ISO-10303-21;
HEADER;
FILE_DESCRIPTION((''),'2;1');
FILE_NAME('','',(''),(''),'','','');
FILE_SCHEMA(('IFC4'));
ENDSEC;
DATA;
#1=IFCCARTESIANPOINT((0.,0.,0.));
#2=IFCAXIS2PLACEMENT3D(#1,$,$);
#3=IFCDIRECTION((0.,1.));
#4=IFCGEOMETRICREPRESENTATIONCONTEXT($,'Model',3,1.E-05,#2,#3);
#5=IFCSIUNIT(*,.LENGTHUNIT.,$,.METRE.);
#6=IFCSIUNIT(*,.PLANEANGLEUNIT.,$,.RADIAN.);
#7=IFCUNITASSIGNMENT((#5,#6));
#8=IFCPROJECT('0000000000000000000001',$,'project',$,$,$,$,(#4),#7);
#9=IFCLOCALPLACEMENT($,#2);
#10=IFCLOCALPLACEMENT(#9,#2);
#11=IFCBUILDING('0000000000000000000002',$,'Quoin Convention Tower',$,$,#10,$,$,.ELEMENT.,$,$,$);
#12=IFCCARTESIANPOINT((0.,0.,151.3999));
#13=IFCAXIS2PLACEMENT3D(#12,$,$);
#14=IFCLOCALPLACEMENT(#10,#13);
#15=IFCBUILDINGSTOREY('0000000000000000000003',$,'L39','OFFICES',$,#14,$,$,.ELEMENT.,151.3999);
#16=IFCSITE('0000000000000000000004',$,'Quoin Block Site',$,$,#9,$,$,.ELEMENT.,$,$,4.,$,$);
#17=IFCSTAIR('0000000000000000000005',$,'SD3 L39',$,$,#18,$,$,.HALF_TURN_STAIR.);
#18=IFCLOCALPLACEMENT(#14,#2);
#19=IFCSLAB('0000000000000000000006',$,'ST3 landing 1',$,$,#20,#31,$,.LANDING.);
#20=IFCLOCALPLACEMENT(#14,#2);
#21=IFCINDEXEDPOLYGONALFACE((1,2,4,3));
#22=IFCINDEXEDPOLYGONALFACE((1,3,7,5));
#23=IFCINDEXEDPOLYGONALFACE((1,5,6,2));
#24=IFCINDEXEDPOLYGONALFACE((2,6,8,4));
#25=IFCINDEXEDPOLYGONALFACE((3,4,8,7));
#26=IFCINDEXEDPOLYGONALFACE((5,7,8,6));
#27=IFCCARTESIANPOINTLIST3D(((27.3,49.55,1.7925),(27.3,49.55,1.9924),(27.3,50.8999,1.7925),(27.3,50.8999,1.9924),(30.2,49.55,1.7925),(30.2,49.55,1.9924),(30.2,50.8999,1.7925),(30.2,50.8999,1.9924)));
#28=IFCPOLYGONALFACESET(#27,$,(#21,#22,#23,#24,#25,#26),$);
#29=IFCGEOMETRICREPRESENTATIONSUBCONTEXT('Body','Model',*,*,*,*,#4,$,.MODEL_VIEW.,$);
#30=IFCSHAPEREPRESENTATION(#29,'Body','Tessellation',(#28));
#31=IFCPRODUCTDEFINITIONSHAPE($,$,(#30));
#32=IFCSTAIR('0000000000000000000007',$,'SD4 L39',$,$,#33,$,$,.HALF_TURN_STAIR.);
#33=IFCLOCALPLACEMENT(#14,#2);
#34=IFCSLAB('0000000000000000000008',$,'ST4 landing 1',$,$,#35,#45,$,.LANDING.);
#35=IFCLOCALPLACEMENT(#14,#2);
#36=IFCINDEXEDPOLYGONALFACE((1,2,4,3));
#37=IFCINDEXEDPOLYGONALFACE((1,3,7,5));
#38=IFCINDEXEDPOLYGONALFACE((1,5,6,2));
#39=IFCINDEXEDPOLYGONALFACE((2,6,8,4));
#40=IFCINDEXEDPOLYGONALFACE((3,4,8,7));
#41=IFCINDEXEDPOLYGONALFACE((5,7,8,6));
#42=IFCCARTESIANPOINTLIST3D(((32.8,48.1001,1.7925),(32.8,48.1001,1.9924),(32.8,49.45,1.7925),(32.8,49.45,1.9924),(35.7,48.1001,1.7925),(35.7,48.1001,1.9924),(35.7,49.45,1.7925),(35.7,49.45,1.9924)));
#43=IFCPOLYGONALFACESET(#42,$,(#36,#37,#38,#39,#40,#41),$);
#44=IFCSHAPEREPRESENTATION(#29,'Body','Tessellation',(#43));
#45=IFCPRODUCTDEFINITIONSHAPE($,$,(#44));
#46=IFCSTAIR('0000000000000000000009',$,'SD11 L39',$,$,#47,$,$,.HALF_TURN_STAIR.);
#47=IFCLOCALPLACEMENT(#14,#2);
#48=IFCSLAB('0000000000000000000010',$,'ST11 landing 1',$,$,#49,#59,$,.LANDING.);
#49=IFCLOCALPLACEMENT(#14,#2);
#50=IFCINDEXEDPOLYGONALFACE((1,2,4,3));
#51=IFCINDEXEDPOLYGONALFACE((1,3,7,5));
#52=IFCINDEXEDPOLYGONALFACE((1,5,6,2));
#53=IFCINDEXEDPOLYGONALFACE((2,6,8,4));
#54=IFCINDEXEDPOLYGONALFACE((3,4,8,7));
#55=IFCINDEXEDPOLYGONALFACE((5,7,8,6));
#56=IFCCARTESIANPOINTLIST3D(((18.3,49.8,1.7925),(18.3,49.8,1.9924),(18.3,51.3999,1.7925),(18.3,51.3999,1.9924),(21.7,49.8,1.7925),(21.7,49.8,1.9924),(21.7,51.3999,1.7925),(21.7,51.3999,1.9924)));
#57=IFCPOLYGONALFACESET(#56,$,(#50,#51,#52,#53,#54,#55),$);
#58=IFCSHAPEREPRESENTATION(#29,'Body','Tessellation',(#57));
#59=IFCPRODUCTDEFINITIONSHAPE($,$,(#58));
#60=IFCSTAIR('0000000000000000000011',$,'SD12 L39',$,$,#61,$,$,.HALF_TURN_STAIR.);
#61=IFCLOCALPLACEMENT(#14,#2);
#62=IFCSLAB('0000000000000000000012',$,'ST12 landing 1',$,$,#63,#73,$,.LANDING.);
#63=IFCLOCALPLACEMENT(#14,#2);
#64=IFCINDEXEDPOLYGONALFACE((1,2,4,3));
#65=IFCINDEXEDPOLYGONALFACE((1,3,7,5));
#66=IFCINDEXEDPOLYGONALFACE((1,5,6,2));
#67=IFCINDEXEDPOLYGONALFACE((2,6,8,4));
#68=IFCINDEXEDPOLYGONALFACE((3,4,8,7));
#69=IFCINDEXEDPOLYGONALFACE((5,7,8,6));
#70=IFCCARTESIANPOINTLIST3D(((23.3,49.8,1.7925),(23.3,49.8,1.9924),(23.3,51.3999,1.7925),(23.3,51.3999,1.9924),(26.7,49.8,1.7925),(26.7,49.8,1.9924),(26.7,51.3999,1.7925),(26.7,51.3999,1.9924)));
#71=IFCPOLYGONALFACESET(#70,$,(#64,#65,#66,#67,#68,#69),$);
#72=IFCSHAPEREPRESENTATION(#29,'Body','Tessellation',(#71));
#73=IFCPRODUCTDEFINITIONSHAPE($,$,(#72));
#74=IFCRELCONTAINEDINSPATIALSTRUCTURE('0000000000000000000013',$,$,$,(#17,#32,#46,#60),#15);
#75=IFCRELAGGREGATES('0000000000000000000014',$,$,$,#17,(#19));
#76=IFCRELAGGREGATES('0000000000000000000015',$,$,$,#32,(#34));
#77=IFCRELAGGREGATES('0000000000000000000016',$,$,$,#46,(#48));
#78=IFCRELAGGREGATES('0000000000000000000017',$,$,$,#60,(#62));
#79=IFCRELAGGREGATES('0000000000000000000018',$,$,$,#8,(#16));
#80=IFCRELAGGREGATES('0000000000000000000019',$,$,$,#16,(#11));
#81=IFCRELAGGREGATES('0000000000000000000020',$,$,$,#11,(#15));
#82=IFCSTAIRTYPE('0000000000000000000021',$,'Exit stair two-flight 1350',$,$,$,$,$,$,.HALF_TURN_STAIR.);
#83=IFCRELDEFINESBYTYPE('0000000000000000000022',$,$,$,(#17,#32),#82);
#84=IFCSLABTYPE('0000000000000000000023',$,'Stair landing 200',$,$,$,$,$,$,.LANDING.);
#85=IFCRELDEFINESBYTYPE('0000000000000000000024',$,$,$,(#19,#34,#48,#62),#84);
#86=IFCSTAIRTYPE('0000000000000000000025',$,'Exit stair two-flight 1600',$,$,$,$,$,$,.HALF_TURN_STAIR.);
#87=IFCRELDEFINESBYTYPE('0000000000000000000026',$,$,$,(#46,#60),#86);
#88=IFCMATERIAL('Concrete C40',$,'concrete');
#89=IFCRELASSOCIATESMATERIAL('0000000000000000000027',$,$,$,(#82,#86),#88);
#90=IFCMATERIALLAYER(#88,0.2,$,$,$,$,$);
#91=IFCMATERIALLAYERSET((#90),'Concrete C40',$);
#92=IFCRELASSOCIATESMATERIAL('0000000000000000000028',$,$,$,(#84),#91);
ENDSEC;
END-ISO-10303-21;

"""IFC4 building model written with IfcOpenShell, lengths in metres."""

from ifc_helpers import new_model, si_unit, direction, frame, origin, place, context, subcontext, project, spatial, polyline, outline, extrude, material, layer, layer_set, type_object, element, aggregate, save


model = new_model("IFC4")

# Units and contexts
model_context = context("Model", 3, precision=1e-05, world=origin(), true_north=direction((0.0, 1.0)))
body_context = subcontext(model_context, "Body", "Model", "MODEL_VIEW")
ifc_project = project(units=[si_unit("LENGTHUNIT", "METRE"), si_unit("PLANEANGLEUNIT", "RADIAN")], contexts=[model_context])

# Site, building, storey
site_placement = place(None, origin())
site = spatial("IfcSite", under=ifc_project, at=site_placement, Name="Quoin Block Site", CompositionType="ELEMENT", RefElevation=4.0)
building_placement = place(site_placement, origin())
building = spatial("IfcBuilding", under=site, at=building_placement, Name="Quoin Convention Tower", CompositionType="ELEMENT")
storey_placement = place(building_placement, frame((0.0, 0.0, 151.3999)))
storey = spatial("IfcBuildingStorey", under=building, at=storey_placement, Name="L39", Description="OFFICES", CompositionType="ELEMENT", Elevation=151.3999)

# Shared definitions
ifc_material_1 = material(Name="Concrete C40", Category="concrete")

# Stairs, slabs
stair_type_1 = type_object("IfcStairType", Name="Exit stair two-flight 1350", PredefinedType="HALF_TURN_STAIR", material=ifc_material_1)
ifc_layer_1 = layer(ifc_material_1, 0.2)
ifc_layer_set_1 = layer_set([ifc_layer_1], Name="Concrete C40")
slab_type_1 = type_object("IfcSlabType", Name="Stair landing 200", PredefinedType="LANDING", material=ifc_layer_set_1)
stair_1_placement = place(storey_placement, origin())
stair_1 = element("IfcStair", 1, at=stair_1_placement, inside=storey, type_object=stair_type_1, Name="SD3 L39", PredefinedType="HALF_TURN_STAIR")
slab_1_placement = place(storey_placement, frame((0.0, 0.0, 1.7925)))
slab_1 = element("IfcSlab", 2, at=slab_1_placement, type_object=slab_type_1, Name="ST3 landing 1", PredefinedType="LANDING", context=body_context, shape_type="SweptSolid", body=[
    extrude(outline(polyline([(27.3, 49.55), (30.2, 49.55), (30.2, 50.8999), (27.3, 50.8999), (27.3, 49.55)])), origin(), (0.0, 0.0, 1.0), 0.2),
])
aggregate(stair_1, [slab_1])
stair_2_placement = place(storey_placement, origin())
stair_2 = element("IfcStair", 3, at=stair_2_placement, inside=storey, type_object=stair_type_1, Name="SD4 L39", PredefinedType="HALF_TURN_STAIR")
slab_2_placement = place(storey_placement, frame((0.0, 0.0, 1.7925)))
slab_2 = element("IfcSlab", 4, at=slab_2_placement, type_object=slab_type_1, Name="ST4 landing 1", PredefinedType="LANDING", context=body_context, shape_type="SweptSolid", body=[
    extrude(outline(polyline([(35.7, 49.45), (32.8, 49.45), (32.8, 48.1001), (35.7, 48.1001), (35.7, 49.45)])), origin(), (0.0, 0.0, 1.0), 0.2),
])
aggregate(stair_2, [slab_2])
stair_type_2 = type_object("IfcStairType", Name="Exit stair two-flight 1600", PredefinedType="HALF_TURN_STAIR", material=ifc_material_1)
stair_3_placement = place(storey_placement, origin())
stair_3 = element("IfcStair", 5, at=stair_3_placement, inside=storey, type_object=stair_type_2, Name="SD11 L39", PredefinedType="HALF_TURN_STAIR")
slab_3_placement = place(storey_placement, frame((0.0, 0.0, 1.7925)))
slab_3 = element("IfcSlab", 6, at=slab_3_placement, type_object=slab_type_1, Name="ST11 landing 1", PredefinedType="LANDING", context=body_context, shape_type="SweptSolid", body=[
    extrude(outline(polyline([(21.7, 51.3999), (18.3, 51.3999), (18.3, 49.8), (21.7, 49.8), (21.7, 51.3999)])), origin(), (0.0, 0.0, 1.0), 0.2),
])
aggregate(stair_3, [slab_3])
stair_4_placement = place(storey_placement, origin())
stair_4 = element("IfcStair", 7, at=stair_4_placement, inside=storey, type_object=stair_type_2, Name="SD12 L39", PredefinedType="HALF_TURN_STAIR")
slab_4_placement = place(storey_placement, frame((0.0, 0.0, 1.7925)))
slab_4 = element("IfcSlab", 8, at=slab_4_placement, type_object=slab_type_1, Name="ST12 landing 1", PredefinedType="LANDING", context=body_context, shape_type="SweptSolid", body=[
    extrude(outline(polyline([(26.7, 51.3999), (23.3, 51.3999), (23.3, 49.8), (26.7, 49.8), (26.7, 51.3999)])), origin(), (0.0, 0.0, 1.0), 0.2),
])
aggregate(stair_4, [slab_4])

save(model, "model.ifc")
